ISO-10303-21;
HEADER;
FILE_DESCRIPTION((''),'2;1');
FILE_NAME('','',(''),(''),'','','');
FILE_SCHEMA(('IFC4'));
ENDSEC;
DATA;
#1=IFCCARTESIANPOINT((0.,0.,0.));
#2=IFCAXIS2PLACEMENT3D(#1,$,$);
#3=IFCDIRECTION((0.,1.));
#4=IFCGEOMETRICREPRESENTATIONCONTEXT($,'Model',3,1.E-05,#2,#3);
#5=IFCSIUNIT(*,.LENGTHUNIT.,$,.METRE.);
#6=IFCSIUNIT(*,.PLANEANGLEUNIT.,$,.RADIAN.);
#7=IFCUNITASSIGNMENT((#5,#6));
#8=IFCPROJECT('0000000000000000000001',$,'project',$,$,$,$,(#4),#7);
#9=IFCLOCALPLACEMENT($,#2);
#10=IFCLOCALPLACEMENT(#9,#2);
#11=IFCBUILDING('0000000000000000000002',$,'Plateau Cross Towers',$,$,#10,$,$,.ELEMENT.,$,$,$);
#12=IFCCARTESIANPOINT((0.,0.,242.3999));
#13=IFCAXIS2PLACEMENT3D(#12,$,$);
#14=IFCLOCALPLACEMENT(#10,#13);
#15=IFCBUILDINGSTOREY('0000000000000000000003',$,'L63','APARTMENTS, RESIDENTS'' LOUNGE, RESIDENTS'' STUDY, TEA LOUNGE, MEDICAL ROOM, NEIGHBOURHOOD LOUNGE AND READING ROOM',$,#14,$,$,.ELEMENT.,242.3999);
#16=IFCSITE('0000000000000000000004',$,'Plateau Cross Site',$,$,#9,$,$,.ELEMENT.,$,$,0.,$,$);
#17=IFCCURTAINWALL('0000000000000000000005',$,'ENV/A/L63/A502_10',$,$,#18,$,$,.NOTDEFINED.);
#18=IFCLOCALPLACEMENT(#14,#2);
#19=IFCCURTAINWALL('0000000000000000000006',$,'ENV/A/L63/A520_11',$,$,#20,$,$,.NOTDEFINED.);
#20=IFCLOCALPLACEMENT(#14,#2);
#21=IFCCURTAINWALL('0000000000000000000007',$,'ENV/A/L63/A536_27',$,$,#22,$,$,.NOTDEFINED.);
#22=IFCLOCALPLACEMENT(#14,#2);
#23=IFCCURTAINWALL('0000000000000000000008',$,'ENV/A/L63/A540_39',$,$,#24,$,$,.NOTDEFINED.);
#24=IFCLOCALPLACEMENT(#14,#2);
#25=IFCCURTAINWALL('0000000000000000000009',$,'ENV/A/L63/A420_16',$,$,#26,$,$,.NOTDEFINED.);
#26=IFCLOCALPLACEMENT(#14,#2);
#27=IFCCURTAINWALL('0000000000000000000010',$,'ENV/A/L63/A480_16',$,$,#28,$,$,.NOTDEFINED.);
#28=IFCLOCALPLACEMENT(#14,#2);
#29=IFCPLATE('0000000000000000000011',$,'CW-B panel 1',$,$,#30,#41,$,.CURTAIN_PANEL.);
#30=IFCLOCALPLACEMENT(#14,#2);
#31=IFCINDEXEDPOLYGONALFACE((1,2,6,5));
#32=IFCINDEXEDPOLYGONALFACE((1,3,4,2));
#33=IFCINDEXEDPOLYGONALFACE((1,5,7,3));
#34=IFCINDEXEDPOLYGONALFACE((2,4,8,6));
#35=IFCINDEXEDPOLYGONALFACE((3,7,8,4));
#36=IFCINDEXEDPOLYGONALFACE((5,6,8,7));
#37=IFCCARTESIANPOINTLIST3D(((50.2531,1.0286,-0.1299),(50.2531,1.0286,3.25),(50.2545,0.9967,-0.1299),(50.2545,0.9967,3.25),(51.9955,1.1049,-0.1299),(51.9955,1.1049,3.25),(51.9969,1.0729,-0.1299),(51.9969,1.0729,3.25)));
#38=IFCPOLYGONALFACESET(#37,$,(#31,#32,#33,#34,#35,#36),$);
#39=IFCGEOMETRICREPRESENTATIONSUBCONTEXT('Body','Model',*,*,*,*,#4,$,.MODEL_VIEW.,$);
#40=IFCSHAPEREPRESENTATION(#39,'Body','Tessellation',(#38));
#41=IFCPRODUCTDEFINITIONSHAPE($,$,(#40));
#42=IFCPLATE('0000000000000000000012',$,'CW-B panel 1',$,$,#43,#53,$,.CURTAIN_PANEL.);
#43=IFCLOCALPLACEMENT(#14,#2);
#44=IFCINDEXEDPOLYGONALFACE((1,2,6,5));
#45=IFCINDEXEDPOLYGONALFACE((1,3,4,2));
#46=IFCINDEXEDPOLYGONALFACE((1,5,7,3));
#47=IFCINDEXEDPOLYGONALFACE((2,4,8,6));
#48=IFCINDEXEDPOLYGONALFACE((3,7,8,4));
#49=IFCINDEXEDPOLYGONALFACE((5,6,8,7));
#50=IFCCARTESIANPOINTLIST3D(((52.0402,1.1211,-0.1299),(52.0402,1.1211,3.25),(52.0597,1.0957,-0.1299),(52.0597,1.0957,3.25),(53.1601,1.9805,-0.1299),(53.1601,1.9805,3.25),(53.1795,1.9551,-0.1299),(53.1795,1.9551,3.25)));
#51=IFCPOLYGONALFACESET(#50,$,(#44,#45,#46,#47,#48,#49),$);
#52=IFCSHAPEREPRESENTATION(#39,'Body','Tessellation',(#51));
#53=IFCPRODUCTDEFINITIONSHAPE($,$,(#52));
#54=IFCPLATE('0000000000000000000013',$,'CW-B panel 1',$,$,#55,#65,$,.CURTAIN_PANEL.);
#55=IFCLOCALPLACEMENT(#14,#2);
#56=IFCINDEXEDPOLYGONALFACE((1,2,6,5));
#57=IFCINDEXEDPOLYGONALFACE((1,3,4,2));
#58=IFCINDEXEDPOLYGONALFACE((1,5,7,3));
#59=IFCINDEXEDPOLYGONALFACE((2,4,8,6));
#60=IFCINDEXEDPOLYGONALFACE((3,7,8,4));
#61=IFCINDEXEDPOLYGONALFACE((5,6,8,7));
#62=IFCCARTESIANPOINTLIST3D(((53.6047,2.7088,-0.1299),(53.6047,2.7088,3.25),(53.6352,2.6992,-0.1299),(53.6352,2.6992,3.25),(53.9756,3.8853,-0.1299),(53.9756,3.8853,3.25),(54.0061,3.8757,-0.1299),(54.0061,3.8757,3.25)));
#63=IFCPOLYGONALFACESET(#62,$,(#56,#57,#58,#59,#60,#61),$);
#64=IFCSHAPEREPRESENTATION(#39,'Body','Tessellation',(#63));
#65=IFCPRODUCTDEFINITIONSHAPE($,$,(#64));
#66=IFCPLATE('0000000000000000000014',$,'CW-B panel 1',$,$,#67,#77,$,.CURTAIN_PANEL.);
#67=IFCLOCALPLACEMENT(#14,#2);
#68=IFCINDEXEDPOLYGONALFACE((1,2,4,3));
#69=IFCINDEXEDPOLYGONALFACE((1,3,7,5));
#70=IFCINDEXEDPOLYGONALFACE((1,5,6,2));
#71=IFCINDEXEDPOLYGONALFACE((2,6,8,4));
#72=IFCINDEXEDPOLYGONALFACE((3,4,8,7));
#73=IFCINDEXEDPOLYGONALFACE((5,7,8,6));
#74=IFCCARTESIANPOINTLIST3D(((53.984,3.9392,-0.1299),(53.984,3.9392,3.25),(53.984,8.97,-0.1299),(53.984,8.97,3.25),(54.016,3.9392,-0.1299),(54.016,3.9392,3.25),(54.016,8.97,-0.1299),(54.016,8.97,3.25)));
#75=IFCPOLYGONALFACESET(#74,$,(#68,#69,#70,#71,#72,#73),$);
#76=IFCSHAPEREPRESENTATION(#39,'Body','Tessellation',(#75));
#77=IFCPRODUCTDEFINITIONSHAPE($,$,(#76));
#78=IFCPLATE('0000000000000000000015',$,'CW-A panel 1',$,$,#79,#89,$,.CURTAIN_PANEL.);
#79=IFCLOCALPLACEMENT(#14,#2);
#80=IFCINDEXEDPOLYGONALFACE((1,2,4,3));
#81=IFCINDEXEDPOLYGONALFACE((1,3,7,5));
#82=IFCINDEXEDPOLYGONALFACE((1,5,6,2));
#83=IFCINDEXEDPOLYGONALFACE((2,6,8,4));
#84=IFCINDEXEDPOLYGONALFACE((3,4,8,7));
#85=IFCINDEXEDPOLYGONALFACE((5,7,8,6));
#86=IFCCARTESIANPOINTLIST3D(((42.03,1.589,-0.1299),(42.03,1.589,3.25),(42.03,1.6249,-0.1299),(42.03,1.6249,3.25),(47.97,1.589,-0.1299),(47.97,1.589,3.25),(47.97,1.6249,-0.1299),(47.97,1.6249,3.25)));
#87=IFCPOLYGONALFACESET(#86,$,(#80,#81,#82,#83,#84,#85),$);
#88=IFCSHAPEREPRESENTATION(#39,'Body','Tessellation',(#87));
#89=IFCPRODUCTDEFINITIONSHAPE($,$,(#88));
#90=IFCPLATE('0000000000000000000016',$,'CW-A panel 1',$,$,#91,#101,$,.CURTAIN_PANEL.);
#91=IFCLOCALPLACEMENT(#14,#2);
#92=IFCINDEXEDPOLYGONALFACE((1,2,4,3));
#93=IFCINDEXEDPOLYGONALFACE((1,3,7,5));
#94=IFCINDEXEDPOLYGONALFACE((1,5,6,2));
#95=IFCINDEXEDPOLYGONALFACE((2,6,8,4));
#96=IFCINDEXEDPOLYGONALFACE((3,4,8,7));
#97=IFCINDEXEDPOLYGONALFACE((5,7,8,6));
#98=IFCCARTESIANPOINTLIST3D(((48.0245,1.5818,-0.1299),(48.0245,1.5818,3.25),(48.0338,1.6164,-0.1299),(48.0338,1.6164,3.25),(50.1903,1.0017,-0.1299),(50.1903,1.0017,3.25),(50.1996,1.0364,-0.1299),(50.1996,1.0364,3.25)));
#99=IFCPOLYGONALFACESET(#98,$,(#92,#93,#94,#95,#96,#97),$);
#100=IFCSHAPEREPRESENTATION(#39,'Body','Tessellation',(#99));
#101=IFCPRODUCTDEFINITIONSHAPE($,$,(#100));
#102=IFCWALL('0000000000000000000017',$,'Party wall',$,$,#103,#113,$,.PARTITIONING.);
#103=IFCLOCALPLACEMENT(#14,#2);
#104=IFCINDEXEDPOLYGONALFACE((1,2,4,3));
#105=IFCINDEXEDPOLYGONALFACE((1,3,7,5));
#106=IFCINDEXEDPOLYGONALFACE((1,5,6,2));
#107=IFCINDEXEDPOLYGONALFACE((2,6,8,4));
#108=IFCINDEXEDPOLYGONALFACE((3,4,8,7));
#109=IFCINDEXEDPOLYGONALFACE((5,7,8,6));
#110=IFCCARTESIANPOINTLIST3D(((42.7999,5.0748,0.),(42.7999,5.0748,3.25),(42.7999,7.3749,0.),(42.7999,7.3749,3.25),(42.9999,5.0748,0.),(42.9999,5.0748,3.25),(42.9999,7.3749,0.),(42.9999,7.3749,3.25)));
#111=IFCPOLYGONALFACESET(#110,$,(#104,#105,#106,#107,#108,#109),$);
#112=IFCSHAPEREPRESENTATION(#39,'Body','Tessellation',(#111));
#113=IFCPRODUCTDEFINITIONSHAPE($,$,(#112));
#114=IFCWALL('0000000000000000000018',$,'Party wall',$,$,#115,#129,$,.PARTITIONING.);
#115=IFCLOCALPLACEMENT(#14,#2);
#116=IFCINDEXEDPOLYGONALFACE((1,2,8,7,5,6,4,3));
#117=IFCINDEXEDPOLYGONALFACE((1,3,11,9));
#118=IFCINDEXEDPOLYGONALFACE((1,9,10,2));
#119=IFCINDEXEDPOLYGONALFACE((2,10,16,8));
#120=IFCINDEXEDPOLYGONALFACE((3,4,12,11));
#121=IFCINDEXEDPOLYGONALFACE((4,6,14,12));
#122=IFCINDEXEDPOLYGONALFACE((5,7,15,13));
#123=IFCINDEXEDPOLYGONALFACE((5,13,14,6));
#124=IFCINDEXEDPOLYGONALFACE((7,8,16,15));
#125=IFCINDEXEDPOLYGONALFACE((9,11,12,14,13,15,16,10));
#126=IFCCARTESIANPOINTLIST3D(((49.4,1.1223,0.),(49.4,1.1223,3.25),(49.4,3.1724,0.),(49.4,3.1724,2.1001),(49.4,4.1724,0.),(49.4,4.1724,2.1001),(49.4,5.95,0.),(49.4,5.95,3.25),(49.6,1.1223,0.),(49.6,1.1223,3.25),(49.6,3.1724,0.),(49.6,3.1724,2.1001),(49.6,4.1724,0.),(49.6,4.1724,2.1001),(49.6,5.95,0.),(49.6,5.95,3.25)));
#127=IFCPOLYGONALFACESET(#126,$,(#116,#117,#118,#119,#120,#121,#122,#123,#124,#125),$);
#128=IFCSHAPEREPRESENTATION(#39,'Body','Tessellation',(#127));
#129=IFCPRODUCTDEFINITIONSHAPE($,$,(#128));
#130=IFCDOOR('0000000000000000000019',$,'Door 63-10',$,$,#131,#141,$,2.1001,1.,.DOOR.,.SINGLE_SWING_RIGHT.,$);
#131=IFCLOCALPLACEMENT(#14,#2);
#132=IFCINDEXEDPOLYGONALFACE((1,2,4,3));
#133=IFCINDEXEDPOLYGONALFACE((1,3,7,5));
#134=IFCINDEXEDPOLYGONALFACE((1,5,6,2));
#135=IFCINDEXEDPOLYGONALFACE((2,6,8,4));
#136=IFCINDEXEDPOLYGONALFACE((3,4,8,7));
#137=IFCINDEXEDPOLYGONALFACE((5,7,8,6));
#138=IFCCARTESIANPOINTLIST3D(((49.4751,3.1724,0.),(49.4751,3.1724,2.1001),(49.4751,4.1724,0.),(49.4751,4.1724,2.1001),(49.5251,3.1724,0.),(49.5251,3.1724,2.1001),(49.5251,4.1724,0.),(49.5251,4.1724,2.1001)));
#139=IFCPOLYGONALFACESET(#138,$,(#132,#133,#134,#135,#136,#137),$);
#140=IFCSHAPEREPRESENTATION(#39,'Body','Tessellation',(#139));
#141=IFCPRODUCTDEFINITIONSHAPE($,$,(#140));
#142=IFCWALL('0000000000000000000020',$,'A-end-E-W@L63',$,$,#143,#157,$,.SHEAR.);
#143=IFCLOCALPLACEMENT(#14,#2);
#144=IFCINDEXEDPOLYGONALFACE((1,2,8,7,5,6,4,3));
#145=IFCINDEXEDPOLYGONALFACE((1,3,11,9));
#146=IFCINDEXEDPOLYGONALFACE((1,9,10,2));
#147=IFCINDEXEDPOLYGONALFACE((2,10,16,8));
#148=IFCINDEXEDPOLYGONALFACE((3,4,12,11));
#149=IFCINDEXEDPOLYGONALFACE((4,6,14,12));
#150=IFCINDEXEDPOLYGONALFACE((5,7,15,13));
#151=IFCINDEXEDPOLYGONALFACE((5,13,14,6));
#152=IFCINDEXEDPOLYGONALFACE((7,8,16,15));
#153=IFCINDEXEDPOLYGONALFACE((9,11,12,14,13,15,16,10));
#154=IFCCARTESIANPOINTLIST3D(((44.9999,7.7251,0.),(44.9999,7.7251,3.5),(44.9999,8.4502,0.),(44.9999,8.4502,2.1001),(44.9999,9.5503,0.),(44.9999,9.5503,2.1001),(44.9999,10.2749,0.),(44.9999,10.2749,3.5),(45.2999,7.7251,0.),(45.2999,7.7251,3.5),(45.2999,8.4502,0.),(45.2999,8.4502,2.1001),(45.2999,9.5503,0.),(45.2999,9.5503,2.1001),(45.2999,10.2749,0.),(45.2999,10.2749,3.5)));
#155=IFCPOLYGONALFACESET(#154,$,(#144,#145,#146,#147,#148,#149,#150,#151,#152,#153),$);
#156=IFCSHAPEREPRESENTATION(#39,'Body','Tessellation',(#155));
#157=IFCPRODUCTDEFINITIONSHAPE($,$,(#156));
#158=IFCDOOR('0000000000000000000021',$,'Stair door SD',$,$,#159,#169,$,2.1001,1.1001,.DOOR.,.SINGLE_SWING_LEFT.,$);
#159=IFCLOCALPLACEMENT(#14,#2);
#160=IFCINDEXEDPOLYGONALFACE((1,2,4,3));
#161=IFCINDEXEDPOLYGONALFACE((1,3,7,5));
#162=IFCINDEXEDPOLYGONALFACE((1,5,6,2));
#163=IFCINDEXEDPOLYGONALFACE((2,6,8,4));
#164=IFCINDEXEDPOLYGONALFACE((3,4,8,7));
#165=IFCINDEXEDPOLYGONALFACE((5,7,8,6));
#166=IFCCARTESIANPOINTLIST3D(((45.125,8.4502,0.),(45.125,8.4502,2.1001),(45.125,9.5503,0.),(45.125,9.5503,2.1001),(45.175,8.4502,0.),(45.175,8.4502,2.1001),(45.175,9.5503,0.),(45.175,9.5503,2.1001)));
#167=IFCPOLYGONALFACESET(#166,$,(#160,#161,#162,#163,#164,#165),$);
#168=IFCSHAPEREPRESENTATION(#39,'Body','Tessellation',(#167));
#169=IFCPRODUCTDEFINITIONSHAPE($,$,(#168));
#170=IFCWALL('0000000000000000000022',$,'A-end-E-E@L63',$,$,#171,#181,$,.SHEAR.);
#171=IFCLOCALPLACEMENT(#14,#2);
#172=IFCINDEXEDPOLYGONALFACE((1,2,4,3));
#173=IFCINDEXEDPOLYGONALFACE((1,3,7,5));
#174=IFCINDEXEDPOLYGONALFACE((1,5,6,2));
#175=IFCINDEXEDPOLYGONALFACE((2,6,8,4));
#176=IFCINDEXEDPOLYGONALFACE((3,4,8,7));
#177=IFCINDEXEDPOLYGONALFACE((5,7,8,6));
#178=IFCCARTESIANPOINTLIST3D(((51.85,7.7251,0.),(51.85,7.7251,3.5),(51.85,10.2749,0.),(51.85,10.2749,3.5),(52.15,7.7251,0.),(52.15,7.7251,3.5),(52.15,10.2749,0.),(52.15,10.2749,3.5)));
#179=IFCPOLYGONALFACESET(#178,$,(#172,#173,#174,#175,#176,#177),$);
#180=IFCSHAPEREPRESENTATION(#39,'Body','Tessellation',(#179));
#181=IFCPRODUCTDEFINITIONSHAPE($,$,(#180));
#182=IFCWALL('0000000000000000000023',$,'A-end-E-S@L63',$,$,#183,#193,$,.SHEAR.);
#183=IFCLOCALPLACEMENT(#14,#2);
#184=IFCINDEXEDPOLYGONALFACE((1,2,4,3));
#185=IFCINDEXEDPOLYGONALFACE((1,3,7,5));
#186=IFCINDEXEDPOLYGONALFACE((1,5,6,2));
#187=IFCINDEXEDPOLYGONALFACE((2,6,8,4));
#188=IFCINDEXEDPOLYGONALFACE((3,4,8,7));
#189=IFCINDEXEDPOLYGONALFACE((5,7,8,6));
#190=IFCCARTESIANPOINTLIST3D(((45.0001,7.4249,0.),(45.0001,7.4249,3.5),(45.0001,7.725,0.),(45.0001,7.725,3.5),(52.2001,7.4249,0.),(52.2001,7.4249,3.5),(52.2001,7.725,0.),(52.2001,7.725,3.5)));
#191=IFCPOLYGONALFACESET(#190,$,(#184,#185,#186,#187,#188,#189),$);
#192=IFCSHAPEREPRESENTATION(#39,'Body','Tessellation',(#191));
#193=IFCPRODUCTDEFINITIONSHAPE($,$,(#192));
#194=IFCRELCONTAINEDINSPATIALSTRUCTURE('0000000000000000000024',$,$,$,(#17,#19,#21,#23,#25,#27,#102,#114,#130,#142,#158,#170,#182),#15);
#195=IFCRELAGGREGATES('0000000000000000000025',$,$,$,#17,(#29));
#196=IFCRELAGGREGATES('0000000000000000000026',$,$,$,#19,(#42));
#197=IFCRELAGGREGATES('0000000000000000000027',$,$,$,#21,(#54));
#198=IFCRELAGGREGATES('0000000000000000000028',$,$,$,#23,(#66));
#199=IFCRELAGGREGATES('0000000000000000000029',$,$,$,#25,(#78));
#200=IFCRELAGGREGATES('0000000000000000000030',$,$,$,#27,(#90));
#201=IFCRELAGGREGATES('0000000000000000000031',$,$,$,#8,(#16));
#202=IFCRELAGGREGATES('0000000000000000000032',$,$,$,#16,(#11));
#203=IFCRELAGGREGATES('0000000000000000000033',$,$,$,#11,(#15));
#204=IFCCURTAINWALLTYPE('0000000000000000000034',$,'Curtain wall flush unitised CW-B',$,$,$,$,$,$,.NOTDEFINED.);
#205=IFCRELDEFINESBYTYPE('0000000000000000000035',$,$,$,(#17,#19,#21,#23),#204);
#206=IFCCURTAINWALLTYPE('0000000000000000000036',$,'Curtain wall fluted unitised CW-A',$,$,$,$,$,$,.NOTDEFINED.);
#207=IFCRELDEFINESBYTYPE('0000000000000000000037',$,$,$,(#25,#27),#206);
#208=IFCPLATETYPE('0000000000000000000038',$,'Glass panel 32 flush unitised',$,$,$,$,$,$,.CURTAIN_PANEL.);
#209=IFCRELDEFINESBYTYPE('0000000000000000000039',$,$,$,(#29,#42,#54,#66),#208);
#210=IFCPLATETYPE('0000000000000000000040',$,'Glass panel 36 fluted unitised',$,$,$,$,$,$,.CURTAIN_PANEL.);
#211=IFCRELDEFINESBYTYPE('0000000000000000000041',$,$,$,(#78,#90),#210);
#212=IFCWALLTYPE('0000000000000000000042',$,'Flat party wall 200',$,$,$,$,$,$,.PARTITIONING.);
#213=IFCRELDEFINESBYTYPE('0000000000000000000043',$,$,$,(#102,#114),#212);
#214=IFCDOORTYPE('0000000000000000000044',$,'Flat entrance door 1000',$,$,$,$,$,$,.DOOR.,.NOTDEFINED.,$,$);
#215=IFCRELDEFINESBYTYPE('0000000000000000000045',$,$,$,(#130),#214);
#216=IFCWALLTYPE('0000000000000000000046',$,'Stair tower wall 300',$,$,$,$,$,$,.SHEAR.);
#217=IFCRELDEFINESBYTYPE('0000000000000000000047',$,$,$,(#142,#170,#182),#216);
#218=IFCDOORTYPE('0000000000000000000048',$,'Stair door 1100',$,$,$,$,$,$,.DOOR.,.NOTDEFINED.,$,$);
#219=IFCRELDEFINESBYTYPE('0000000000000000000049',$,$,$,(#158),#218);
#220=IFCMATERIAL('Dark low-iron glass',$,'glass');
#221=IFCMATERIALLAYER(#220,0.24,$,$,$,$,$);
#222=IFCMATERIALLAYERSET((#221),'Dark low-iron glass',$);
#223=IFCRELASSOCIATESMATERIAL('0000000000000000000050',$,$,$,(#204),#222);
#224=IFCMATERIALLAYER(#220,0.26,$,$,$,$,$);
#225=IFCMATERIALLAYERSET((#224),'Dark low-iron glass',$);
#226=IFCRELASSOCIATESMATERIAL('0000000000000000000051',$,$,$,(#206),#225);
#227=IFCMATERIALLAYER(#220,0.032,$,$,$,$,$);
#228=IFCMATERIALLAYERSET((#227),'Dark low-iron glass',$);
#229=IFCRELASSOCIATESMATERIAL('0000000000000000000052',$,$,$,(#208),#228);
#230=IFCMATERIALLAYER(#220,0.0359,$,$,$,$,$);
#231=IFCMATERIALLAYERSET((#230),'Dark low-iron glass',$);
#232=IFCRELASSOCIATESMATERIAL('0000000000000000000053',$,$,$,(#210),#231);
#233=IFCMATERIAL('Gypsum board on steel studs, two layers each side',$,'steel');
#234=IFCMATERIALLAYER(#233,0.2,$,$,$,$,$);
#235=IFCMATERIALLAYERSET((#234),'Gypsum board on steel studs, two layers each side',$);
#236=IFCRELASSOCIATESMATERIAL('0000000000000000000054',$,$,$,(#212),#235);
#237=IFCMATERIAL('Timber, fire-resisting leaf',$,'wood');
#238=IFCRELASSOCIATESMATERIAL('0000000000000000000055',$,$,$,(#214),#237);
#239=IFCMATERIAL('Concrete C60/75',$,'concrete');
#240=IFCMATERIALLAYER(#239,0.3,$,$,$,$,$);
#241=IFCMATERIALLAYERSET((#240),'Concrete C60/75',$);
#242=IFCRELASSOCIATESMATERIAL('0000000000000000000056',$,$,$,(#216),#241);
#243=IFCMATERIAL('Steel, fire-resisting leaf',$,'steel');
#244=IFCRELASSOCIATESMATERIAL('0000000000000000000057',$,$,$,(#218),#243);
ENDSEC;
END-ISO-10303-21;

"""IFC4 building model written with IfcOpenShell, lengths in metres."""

from ifc_helpers import new_model, si_unit, direction, frame, frame_2d, origin, origin_2d, place, context, subcontext, project, spatial, rectangle, extrude, material, layer, layer_set, type_object, element, fill, aggregate, save


model = new_model("IFC4")

# Units and contexts
model_context = context("Model", 3, precision=1e-05, world=origin(), true_north=direction((0.0, 1.0)))
body_context = subcontext(model_context, "Body", "Model", "MODEL_VIEW")
ifc_project = project(units=[si_unit("LENGTHUNIT", "METRE"), si_unit("PLANEANGLEUNIT", "RADIAN")], contexts=[model_context])

# Site, building, storey
site_placement = place(None, origin())
site = spatial("IfcSite", under=ifc_project, at=site_placement, Name="Plateau Cross Site", CompositionType="ELEMENT", RefElevation=0.0)
building_placement = place(site_placement, origin())
building = spatial("IfcBuilding", under=site, at=building_placement, Name="Plateau Cross Towers", CompositionType="ELEMENT")
storey_placement = place(building_placement, frame((0.0, 0.0, 242.3999)))
storey = spatial("IfcBuildingStorey", under=building, at=storey_placement, Name="L63", Description="APARTMENTS, RESIDENTS' LOUNGE, RESIDENTS' STUDY, TEA LOUNGE, MEDICAL ROOM, NEIGHBOURHOOD LOUNGE AND READING ROOM", CompositionType="ELEMENT", Elevation=242.3999)

# Shared definitions
ifc_material_1 = material(Name="Concrete C60/75", Category="concrete")

# Curtain wall
ifc_material_2 = material(Name="Dark low-iron glass", Category="glass")
ifc_layer_1 = layer(ifc_material_2, 0.24)
ifc_layer_set_1 = layer_set([ifc_layer_1], Name="Dark low-iron glass")
curtain_wall_type_1 = type_object("IfcCurtainWallType", Name="Curtain wall flush unitised CW-B", PredefinedType="NOTDEFINED", material=ifc_layer_set_1)
curtain_wall_1_placement = place(storey_placement, origin())
curtain_wall_1 = element("IfcCurtainWall", 1, at=curtain_wall_1_placement, inside=storey, type_object=curtain_wall_type_1, Name="ENV/A/L63/A502_10", PredefinedType="NOTDEFINED")

# Curtain wall
curtain_wall_2_placement = place(storey_placement, origin())
curtain_wall_2 = element("IfcCurtainWall", 2, at=curtain_wall_2_placement, inside=storey, type_object=curtain_wall_type_1, Name="ENV/A/L63/A520_11", PredefinedType="NOTDEFINED")

# Curtain walls
curtain_wall_3_placement = place(storey_placement, origin())
curtain_wall_3 = element("IfcCurtainWall", 3, at=curtain_wall_3_placement, inside=storey, type_object=curtain_wall_type_1, Name="ENV/A/L63/A536_27", PredefinedType="NOTDEFINED")
curtain_wall_4_placement = place(storey_placement, origin())
curtain_wall_4 = element("IfcCurtainWall", 4, at=curtain_wall_4_placement, inside=storey, type_object=curtain_wall_type_1, Name="ENV/A/L63/A540_39", PredefinedType="NOTDEFINED")
ifc_layer_2 = layer(ifc_material_2, 0.26)
ifc_layer_set_2 = layer_set([ifc_layer_2], Name="Dark low-iron glass")
curtain_wall_type_2 = type_object("IfcCurtainWallType", Name="Curtain wall fluted unitised CW-A", PredefinedType="NOTDEFINED", material=ifc_layer_set_2)
curtain_wall_5_placement = place(storey_placement, origin())
curtain_wall_5 = element("IfcCurtainWall", 5, at=curtain_wall_5_placement, inside=storey, type_object=curtain_wall_type_2, Name="ENV/A/L63/A420_16", PredefinedType="NOTDEFINED")
curtain_wall_6_placement = place(storey_placement, origin())
curtain_wall_6 = element("IfcCurtainWall", 6, at=curtain_wall_6_placement, inside=storey, type_object=curtain_wall_type_2, Name="ENV/A/L63/A480_16", PredefinedType="NOTDEFINED")

# Plates
ifc_layer_3 = layer(ifc_material_2, 0.032)
ifc_layer_set_3 = layer_set([ifc_layer_3], Name="Dark low-iron glass")
plate_type_1 = type_object("IfcPlateType", Name="Glass panel 32 flush unitised", PredefinedType="CURTAIN_PANEL", material=ifc_layer_set_3)
plate_1_placement = place(storey_placement, frame((51.125, 1.0508, -0.1299), z_axis=(0.0, 0.0, 1.0), x_axis=(0.999044, 0.043723, 0.0)))
plate_1 = element("IfcPlate", 7, at=plate_1_placement, type_object=plate_type_1, Name="CW-B panel 1", PredefinedType="CURTAIN_PANEL", context=body_context, shape_type="SweptSolid", body=[
    extrude(rectangle(XDim=1.7441, YDim=0.032, at=origin_2d()), origin(), (0.0, 0.0, 1.0), 3.3799),
])
aggregate(curtain_wall_1, [plate_1])
plate_2_placement = place(storey_placement, frame((52.6099, 1.5381, -0.1299), z_axis=(0.0, 0.0, 1.0), x_axis=(0.793316, 0.608811, 0.0)))
plate_2 = element("IfcPlate", 8, at=plate_2_placement, type_object=plate_type_1, Name="CW-B panel 1", PredefinedType="CURTAIN_PANEL", context=body_context, shape_type="SweptSolid", body=[
    extrude(rectangle(XDim=1.4116, YDim=0.032, at=origin_2d()), origin(), (0.0, 0.0, 1.0), 3.3799),
])
aggregate(curtain_wall_2, [plate_2])
plate_3_placement = place(storey_placement, frame((53.8054, 3.2922, -0.1299), z_axis=(0.0, 0.0, 1.0), x_axis=(0.300686, 0.953723, 0.0)))
plate_3 = element("IfcPlate", 9, at=plate_3_placement, type_object=plate_type_1, Name="CW-B panel 1", PredefinedType="CURTAIN_PANEL", context=body_context, shape_type="SweptSolid", body=[
    extrude(rectangle(XDim=1.2336, YDim=0.032, at=origin_2d()), origin(), (0.0, 0.0, 1.0), 3.3799),
])
aggregate(curtain_wall_3, [plate_3])
plate_4_placement = place(storey_placement, frame((54.0, 6.4546, -0.1299), z_axis=(0.0, 0.0, 1.0), x_axis=(0.0, 1.0, 0.0)))
plate_4 = element("IfcPlate", 10, at=plate_4_placement, type_object=plate_type_1, Name="CW-B panel 1", PredefinedType="CURTAIN_PANEL", context=body_context, shape_type="SweptSolid", body=[
    extrude(rectangle(XDim=5.0308, YDim=0.032, at=origin_2d()), origin(), (0.0, 0.0, 1.0), 3.3799),
])
aggregate(curtain_wall_4, [plate_4])
ifc_layer_4 = layer(ifc_material_2, 0.0359)
ifc_layer_set_4 = layer_set([ifc_layer_4], Name="Dark low-iron glass")
plate_type_2 = type_object("IfcPlateType", Name="Glass panel 36 fluted unitised", PredefinedType="CURTAIN_PANEL", material=ifc_layer_set_4)
plate_5_placement = place(storey_placement, frame((45.0, 1.6069, -0.1299), z_axis=(0.0, 0.0, 1.0), x_axis=(1.0, 0.0, 0.0)))
plate_5 = element("IfcPlate", 11, at=plate_5_placement, type_object=plate_type_2, Name="CW-A panel 1", PredefinedType="CURTAIN_PANEL", context=body_context, shape_type="SweptSolid", body=[
    extrude(rectangle(XDim=5.9399, YDim=0.0359, at=origin_2d()), origin(), (0.0, 0.0, 1.0), 3.3799),
])
aggregate(curtain_wall_5, [plate_5])
plate_6_placement = place(storey_placement, frame((49.1121, 1.3091, -0.1299), z_axis=(0.0, 0.0, 1.0), x_axis=(0.965958, -0.258699, 0.0)))
plate_6 = element("IfcPlate", 12, at=plate_6_placement, type_object=plate_type_2, Name="CW-A panel 1", PredefinedType="CURTAIN_PANEL", context=body_context, shape_type="SweptSolid", body=[
    extrude(rectangle(XDim=2.2422, YDim=0.0359, at=origin_2d()), origin(), (0.0, 0.0, 1.0), 3.3799),
])
aggregate(curtain_wall_6, [plate_6])

# Wall
ifc_material_3 = material(Name="Gypsum board on steel studs, two layers each side", Category="steel")
ifc_layer_5 = layer(ifc_material_3, 0.2)
ifc_layer_set_5 = layer_set([ifc_layer_5], Name="Gypsum board on steel studs, two layers each side")
wall_type_1 = type_object("IfcWallType", Name="Flat party wall 200", PredefinedType="PARTITIONING", material=ifc_layer_set_5)
wall_1_placement = place(storey_placement, frame((42.8999, 5.075, 0.0), z_axis=(0.0, 0.0, 1.0), x_axis=(0.0, 1.0, 0.0)))
element("IfcWall", 13, at=wall_1_placement, inside=storey, type_object=wall_type_1, Name="Party wall", PredefinedType="PARTITIONING", context=body_context, shape_type="SweptSolid", body=[
    extrude(rectangle(XDim=2.3, YDim=0.2, at=frame_2d((1.1499, 0.0))), origin(), (0.0, 0.0, 1.0), 3.25),
])

# Walls, openings, doors
wall_2_placement = place(storey_placement, frame((49.5, 1.1223, 0.0), z_axis=(0.0, 0.0, 1.0), x_axis=(0.0, 1.0, 0.0)))
wall_2 = element("IfcWall", 14, at=wall_2_placement, inside=storey, type_object=wall_type_1, Name="Party wall", PredefinedType="PARTITIONING", context=body_context, shape_type="SweptSolid", body=[
    extrude(rectangle(XDim=4.8276, YDim=0.2, at=frame_2d((2.4138, 0.0))), origin(), (0.0, 0.0, 1.0), 3.25),
])
opening_1_placement = place(wall_2_placement, frame((2.05, 0.0, 0.0)))
opening_1 = element("IfcOpeningElement", 15, at=opening_1_placement, cuts=wall_2, PredefinedType="OPENING", context=body_context, shape_type="SweptSolid", body=[
    extrude(rectangle(XDim=1.0, YDim=2.1001, at=frame_2d((0.5, 1.05))), frame((0.0, 0.1099, 0.0), z_axis=(0.0, -1.0, 0.0), x_axis=(1.0, 0.0, 0.0)), (0.0, 0.0, 1.0), 0.22),
])
ifc_material_4 = material(Name="Timber, fire-resisting leaf", Category="wood")
door_type_1 = type_object("IfcDoorType", Name="Flat entrance door 1000", OperationType="NOTDEFINED", PredefinedType="DOOR", material=ifc_material_4)
door_1_placement = place(opening_1_placement, origin())
door_1 = element("IfcDoor", 16, at=door_1_placement, inside=storey, type_object=door_type_1, Name="Door 63-10", OperationType="SINGLE_SWING_RIGHT", OverallHeight=2.1001, OverallWidth=1.0, PredefinedType="DOOR", context=body_context, shape_type="SweptSolid", body=[
    extrude(rectangle(XDim=1.0, YDim=2.1001, at=frame_2d((0.5, 1.05))), frame((0.0, 0.0249, 0.0), z_axis=(0.0, -1.0, 0.0), x_axis=(1.0, 0.0, 0.0)), (0.0, 0.0, 1.0), 0.05),
])
fill(opening_1, door_1)
ifc_layer_6 = layer(ifc_material_1, 0.3)
ifc_layer_set_6 = layer_set([ifc_layer_6], Name="Concrete C60/75")
wall_type_2 = type_object("IfcWallType", Name="Stair tower wall 300", PredefinedType="SHEAR", material=ifc_layer_set_6)
wall_3_placement = place(storey_placement, frame((45.1499, 7.7251, 0.0), z_axis=(0.0, 0.0, 1.0), x_axis=(0.0, 1.0, 0.0)))
wall_3 = element("IfcWall", 17, at=wall_3_placement, inside=storey, type_object=wall_type_2, Name="A-end-E-W@L63", PredefinedType="SHEAR", context=body_context, shape_type="SweptSolid", body=[
    extrude(rectangle(XDim=2.5498, YDim=0.3, at=frame_2d((1.2749, 0.0))), origin(), (0.0, 0.0, 1.0), 3.5),
])
opening_2_placement = place(wall_3_placement, frame((0.7251, 0.0, 0.0)))
opening_2 = element("IfcOpeningElement", 18, at=opening_2_placement, cuts=wall_3, PredefinedType="OPENING", context=body_context, shape_type="SweptSolid", body=[
    extrude(rectangle(XDim=1.1001, YDim=2.1001, at=frame_2d((0.55, 1.05))), frame((0.0, 0.1599, 0.0), z_axis=(0.0, -1.0, 0.0), x_axis=(1.0, 0.0, 0.0)), (0.0, 0.0, 1.0), 0.3201),
])
ifc_material_5 = material(Name="Steel, fire-resisting leaf", Category="steel")
door_type_2 = type_object("IfcDoorType", Name="Stair door 1100", OperationType="NOTDEFINED", PredefinedType="DOOR", material=ifc_material_5)
door_2_placement = place(opening_2_placement, origin())
door_2 = element("IfcDoor", 19, at=door_2_placement, inside=storey, type_object=door_type_2, Name="Stair door SD", OperationType="SINGLE_SWING_LEFT", OverallHeight=2.1001, OverallWidth=1.1001, PredefinedType="DOOR", context=body_context, shape_type="SweptSolid", body=[
    extrude(rectangle(XDim=1.1001, YDim=2.1001, at=frame_2d((0.55, 1.05))), frame((0.0, 0.0249, 0.0), z_axis=(0.0, -1.0, 0.0), x_axis=(1.0, 0.0, 0.0)), (0.0, 0.0, 1.0), 0.05),
])
fill(opening_2, door_2)

# Walls
wall_4_placement = place(storey_placement, frame((52.0, 7.7251, 0.0), z_axis=(0.0, 0.0, 1.0), x_axis=(0.0, 1.0, 0.0)))
element("IfcWall", 20, at=wall_4_placement, inside=storey, type_object=wall_type_2, Name="A-end-E-E@L63", PredefinedType="SHEAR", context=body_context, shape_type="SweptSolid", body=[
    extrude(rectangle(XDim=2.5498, YDim=0.3, at=frame_2d((1.2749, 0.0))), origin(), (0.0, 0.0, 1.0), 3.5),
])
wall_5_placement = place(storey_placement, frame((45.0, 7.575, 0.0), z_axis=(0.0, 0.0, 1.0), x_axis=(1.0, 0.0, 0.0)))
element("IfcWall", 21, at=wall_5_placement, inside=storey, type_object=wall_type_2, Name="A-end-E-S@L63", PredefinedType="SHEAR", context=body_context, shape_type="SweptSolid", body=[
    extrude(rectangle(XDim=7.2, YDim=0.3, at=frame_2d((3.6001, 0.0))), origin(), (0.0, 0.0, 1.0), 3.5),
])

save(model, "model.ifc")
